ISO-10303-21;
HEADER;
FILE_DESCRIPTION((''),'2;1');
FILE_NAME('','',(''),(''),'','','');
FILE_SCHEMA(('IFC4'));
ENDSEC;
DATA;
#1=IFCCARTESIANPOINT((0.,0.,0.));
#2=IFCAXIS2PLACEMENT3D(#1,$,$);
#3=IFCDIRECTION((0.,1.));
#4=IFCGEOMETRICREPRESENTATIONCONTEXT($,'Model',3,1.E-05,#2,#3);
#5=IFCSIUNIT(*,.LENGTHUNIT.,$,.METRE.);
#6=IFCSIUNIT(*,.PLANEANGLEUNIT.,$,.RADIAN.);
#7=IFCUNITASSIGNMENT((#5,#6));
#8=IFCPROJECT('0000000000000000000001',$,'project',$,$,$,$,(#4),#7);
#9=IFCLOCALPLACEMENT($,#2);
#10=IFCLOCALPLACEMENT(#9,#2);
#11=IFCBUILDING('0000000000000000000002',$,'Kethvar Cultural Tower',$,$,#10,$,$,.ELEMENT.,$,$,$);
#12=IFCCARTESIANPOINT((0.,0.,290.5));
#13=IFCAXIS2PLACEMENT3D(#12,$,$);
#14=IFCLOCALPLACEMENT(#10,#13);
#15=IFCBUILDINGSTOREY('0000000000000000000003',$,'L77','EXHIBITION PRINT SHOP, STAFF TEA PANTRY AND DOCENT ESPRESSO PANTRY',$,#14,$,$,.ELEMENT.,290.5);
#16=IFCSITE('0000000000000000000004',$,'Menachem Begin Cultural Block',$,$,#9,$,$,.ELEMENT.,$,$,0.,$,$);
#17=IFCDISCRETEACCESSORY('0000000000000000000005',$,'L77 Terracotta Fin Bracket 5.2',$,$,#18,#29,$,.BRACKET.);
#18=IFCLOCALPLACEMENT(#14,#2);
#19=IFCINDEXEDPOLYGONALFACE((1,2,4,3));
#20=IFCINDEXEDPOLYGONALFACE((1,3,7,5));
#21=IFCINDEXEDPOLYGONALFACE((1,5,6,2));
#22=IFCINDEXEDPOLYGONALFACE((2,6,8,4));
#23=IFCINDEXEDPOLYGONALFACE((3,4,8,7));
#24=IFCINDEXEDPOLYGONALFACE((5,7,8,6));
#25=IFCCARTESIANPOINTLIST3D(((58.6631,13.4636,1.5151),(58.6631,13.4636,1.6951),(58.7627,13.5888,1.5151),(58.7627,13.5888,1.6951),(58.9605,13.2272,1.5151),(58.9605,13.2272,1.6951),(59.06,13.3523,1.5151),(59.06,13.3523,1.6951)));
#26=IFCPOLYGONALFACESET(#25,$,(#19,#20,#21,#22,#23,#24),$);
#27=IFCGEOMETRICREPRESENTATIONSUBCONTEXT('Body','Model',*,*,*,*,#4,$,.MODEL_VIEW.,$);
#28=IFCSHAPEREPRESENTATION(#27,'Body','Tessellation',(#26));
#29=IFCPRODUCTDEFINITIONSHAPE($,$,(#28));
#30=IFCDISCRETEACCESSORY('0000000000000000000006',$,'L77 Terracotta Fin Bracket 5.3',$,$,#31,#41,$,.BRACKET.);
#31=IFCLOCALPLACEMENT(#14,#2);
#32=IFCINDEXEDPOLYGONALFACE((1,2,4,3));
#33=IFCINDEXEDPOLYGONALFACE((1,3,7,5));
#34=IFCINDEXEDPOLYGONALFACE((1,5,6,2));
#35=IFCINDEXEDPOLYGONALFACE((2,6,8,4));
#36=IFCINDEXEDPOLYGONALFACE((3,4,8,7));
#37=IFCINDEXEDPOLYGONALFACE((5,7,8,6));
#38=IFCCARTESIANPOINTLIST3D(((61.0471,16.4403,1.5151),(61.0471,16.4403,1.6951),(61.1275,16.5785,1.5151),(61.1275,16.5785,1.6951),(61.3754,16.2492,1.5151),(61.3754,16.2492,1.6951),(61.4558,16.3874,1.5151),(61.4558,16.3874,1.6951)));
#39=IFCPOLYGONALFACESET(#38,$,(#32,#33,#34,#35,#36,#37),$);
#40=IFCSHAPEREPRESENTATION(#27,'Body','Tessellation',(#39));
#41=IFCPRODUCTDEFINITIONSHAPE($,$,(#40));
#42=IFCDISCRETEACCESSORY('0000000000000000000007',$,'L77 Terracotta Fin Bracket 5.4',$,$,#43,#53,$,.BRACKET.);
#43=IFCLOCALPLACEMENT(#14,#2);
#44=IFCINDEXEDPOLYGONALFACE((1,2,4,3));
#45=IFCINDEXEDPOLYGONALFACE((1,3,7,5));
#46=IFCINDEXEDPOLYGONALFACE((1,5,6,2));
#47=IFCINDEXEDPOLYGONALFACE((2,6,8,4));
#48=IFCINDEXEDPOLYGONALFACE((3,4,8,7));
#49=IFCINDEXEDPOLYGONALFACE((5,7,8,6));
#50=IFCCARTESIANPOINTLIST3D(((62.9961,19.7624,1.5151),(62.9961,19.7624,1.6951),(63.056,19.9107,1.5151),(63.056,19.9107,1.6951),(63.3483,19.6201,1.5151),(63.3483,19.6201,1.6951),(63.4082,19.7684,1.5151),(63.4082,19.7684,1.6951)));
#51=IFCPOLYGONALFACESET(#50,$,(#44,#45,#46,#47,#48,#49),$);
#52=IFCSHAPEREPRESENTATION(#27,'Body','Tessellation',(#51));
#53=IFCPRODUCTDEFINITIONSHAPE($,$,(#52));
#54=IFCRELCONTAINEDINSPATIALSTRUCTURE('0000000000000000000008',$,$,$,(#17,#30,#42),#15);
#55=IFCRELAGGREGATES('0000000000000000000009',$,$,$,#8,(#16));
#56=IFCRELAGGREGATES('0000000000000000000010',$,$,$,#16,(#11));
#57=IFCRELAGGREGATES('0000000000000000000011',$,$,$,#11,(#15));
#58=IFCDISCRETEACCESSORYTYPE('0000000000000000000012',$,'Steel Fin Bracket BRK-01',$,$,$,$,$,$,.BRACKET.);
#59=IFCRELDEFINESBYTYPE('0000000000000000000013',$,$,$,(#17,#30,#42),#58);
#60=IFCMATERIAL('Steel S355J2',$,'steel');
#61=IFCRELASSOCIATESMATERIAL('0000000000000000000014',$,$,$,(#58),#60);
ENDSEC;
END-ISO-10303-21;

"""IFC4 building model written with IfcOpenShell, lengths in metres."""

from ifc_helpers import new_model, si_unit, direction, frame, origin, origin_2d, place, context, subcontext, project, spatial, rectangle, extrude, source, transform, mapped, material, type_object, element, save


model = new_model("IFC4")

# Units and contexts
model_context = context("Model", 3, precision=1e-05, world=origin(), true_north=direction((0.0, 1.0)))
body_context = subcontext(model_context, "Body", "Model", "MODEL_VIEW")
ifc_project = project(units=[si_unit("LENGTHUNIT", "METRE"), si_unit("PLANEANGLEUNIT", "RADIAN")], contexts=[model_context])

# Site, building, storey
site_placement = place(None, origin())
site = spatial("IfcSite", under=ifc_project, at=site_placement, Name="Menachem Begin Cultural Block", CompositionType="ELEMENT", RefElevation=0.0)
building_placement = place(site_placement, origin())
building = spatial("IfcBuilding", under=site, at=building_placement, Name="Kethvar Cultural Tower", CompositionType="ELEMENT")
storey_placement = place(building_placement, frame((0.0, 0.0, 290.5)))
storey = spatial("IfcBuildingStorey", under=building, at=storey_placement, Name="L77", Description="EXHIBITION PRINT SHOP, STAFF TEA PANTRY AND DOCENT ESPRESSO PANTRY", CompositionType="ELEMENT", Elevation=290.5)

# Shared definitions
ifc_material_1 = material(Name="Steel S355J2", Category="steel")

# Discrete accessories
discrete_accessory_type = type_object("IfcDiscreteAccessoryType", Name="Steel Fin Bracket BRK-01", PredefinedType="BRACKET", material=ifc_material_1)
shared_shape_1 = source(origin(), body_context, "Body", "SweptSolid", [
    extrude(rectangle(XDim=0.3799, YDim=0.1599, at=origin_2d()), origin(), (0.0, 0.0, 1.0), 0.1799),
])
for number, where, z_axis, x_axis, name in (
    (1, (58.8616, 13.408, 1.5151), (0.0, 0.0, 1.0), (0.782717, -0.622378, 0.0), "L77 Terracotta Fin Bracket 5.2"),
    (2, (61.2515, 16.4138, 1.5151), (0.0, 0.0, 1.0), (0.864275, -0.50302, 0.0), "L77 Terracotta Fin Bracket 5.3"),
    (3, (63.2021, 19.7654, 1.5151), (0.0, 0.0, 1.0), (0.927184, -0.374607, 0.0), "L77 Terracotta Fin Bracket 5.4"),
):
    element("IfcDiscreteAccessory", number, at=place(storey_placement, frame(where, z_axis=z_axis, x_axis=x_axis)), inside=storey, type_object=discrete_accessory_type, Name=name, PredefinedType="BRACKET", context=body_context, shape_type="MappedRepresentation", body=[
        mapped(shared_shape_1, transform((0.0, 0.0, 0.0), scale=1.0)),
    ])

save(model, "model.ifc")
